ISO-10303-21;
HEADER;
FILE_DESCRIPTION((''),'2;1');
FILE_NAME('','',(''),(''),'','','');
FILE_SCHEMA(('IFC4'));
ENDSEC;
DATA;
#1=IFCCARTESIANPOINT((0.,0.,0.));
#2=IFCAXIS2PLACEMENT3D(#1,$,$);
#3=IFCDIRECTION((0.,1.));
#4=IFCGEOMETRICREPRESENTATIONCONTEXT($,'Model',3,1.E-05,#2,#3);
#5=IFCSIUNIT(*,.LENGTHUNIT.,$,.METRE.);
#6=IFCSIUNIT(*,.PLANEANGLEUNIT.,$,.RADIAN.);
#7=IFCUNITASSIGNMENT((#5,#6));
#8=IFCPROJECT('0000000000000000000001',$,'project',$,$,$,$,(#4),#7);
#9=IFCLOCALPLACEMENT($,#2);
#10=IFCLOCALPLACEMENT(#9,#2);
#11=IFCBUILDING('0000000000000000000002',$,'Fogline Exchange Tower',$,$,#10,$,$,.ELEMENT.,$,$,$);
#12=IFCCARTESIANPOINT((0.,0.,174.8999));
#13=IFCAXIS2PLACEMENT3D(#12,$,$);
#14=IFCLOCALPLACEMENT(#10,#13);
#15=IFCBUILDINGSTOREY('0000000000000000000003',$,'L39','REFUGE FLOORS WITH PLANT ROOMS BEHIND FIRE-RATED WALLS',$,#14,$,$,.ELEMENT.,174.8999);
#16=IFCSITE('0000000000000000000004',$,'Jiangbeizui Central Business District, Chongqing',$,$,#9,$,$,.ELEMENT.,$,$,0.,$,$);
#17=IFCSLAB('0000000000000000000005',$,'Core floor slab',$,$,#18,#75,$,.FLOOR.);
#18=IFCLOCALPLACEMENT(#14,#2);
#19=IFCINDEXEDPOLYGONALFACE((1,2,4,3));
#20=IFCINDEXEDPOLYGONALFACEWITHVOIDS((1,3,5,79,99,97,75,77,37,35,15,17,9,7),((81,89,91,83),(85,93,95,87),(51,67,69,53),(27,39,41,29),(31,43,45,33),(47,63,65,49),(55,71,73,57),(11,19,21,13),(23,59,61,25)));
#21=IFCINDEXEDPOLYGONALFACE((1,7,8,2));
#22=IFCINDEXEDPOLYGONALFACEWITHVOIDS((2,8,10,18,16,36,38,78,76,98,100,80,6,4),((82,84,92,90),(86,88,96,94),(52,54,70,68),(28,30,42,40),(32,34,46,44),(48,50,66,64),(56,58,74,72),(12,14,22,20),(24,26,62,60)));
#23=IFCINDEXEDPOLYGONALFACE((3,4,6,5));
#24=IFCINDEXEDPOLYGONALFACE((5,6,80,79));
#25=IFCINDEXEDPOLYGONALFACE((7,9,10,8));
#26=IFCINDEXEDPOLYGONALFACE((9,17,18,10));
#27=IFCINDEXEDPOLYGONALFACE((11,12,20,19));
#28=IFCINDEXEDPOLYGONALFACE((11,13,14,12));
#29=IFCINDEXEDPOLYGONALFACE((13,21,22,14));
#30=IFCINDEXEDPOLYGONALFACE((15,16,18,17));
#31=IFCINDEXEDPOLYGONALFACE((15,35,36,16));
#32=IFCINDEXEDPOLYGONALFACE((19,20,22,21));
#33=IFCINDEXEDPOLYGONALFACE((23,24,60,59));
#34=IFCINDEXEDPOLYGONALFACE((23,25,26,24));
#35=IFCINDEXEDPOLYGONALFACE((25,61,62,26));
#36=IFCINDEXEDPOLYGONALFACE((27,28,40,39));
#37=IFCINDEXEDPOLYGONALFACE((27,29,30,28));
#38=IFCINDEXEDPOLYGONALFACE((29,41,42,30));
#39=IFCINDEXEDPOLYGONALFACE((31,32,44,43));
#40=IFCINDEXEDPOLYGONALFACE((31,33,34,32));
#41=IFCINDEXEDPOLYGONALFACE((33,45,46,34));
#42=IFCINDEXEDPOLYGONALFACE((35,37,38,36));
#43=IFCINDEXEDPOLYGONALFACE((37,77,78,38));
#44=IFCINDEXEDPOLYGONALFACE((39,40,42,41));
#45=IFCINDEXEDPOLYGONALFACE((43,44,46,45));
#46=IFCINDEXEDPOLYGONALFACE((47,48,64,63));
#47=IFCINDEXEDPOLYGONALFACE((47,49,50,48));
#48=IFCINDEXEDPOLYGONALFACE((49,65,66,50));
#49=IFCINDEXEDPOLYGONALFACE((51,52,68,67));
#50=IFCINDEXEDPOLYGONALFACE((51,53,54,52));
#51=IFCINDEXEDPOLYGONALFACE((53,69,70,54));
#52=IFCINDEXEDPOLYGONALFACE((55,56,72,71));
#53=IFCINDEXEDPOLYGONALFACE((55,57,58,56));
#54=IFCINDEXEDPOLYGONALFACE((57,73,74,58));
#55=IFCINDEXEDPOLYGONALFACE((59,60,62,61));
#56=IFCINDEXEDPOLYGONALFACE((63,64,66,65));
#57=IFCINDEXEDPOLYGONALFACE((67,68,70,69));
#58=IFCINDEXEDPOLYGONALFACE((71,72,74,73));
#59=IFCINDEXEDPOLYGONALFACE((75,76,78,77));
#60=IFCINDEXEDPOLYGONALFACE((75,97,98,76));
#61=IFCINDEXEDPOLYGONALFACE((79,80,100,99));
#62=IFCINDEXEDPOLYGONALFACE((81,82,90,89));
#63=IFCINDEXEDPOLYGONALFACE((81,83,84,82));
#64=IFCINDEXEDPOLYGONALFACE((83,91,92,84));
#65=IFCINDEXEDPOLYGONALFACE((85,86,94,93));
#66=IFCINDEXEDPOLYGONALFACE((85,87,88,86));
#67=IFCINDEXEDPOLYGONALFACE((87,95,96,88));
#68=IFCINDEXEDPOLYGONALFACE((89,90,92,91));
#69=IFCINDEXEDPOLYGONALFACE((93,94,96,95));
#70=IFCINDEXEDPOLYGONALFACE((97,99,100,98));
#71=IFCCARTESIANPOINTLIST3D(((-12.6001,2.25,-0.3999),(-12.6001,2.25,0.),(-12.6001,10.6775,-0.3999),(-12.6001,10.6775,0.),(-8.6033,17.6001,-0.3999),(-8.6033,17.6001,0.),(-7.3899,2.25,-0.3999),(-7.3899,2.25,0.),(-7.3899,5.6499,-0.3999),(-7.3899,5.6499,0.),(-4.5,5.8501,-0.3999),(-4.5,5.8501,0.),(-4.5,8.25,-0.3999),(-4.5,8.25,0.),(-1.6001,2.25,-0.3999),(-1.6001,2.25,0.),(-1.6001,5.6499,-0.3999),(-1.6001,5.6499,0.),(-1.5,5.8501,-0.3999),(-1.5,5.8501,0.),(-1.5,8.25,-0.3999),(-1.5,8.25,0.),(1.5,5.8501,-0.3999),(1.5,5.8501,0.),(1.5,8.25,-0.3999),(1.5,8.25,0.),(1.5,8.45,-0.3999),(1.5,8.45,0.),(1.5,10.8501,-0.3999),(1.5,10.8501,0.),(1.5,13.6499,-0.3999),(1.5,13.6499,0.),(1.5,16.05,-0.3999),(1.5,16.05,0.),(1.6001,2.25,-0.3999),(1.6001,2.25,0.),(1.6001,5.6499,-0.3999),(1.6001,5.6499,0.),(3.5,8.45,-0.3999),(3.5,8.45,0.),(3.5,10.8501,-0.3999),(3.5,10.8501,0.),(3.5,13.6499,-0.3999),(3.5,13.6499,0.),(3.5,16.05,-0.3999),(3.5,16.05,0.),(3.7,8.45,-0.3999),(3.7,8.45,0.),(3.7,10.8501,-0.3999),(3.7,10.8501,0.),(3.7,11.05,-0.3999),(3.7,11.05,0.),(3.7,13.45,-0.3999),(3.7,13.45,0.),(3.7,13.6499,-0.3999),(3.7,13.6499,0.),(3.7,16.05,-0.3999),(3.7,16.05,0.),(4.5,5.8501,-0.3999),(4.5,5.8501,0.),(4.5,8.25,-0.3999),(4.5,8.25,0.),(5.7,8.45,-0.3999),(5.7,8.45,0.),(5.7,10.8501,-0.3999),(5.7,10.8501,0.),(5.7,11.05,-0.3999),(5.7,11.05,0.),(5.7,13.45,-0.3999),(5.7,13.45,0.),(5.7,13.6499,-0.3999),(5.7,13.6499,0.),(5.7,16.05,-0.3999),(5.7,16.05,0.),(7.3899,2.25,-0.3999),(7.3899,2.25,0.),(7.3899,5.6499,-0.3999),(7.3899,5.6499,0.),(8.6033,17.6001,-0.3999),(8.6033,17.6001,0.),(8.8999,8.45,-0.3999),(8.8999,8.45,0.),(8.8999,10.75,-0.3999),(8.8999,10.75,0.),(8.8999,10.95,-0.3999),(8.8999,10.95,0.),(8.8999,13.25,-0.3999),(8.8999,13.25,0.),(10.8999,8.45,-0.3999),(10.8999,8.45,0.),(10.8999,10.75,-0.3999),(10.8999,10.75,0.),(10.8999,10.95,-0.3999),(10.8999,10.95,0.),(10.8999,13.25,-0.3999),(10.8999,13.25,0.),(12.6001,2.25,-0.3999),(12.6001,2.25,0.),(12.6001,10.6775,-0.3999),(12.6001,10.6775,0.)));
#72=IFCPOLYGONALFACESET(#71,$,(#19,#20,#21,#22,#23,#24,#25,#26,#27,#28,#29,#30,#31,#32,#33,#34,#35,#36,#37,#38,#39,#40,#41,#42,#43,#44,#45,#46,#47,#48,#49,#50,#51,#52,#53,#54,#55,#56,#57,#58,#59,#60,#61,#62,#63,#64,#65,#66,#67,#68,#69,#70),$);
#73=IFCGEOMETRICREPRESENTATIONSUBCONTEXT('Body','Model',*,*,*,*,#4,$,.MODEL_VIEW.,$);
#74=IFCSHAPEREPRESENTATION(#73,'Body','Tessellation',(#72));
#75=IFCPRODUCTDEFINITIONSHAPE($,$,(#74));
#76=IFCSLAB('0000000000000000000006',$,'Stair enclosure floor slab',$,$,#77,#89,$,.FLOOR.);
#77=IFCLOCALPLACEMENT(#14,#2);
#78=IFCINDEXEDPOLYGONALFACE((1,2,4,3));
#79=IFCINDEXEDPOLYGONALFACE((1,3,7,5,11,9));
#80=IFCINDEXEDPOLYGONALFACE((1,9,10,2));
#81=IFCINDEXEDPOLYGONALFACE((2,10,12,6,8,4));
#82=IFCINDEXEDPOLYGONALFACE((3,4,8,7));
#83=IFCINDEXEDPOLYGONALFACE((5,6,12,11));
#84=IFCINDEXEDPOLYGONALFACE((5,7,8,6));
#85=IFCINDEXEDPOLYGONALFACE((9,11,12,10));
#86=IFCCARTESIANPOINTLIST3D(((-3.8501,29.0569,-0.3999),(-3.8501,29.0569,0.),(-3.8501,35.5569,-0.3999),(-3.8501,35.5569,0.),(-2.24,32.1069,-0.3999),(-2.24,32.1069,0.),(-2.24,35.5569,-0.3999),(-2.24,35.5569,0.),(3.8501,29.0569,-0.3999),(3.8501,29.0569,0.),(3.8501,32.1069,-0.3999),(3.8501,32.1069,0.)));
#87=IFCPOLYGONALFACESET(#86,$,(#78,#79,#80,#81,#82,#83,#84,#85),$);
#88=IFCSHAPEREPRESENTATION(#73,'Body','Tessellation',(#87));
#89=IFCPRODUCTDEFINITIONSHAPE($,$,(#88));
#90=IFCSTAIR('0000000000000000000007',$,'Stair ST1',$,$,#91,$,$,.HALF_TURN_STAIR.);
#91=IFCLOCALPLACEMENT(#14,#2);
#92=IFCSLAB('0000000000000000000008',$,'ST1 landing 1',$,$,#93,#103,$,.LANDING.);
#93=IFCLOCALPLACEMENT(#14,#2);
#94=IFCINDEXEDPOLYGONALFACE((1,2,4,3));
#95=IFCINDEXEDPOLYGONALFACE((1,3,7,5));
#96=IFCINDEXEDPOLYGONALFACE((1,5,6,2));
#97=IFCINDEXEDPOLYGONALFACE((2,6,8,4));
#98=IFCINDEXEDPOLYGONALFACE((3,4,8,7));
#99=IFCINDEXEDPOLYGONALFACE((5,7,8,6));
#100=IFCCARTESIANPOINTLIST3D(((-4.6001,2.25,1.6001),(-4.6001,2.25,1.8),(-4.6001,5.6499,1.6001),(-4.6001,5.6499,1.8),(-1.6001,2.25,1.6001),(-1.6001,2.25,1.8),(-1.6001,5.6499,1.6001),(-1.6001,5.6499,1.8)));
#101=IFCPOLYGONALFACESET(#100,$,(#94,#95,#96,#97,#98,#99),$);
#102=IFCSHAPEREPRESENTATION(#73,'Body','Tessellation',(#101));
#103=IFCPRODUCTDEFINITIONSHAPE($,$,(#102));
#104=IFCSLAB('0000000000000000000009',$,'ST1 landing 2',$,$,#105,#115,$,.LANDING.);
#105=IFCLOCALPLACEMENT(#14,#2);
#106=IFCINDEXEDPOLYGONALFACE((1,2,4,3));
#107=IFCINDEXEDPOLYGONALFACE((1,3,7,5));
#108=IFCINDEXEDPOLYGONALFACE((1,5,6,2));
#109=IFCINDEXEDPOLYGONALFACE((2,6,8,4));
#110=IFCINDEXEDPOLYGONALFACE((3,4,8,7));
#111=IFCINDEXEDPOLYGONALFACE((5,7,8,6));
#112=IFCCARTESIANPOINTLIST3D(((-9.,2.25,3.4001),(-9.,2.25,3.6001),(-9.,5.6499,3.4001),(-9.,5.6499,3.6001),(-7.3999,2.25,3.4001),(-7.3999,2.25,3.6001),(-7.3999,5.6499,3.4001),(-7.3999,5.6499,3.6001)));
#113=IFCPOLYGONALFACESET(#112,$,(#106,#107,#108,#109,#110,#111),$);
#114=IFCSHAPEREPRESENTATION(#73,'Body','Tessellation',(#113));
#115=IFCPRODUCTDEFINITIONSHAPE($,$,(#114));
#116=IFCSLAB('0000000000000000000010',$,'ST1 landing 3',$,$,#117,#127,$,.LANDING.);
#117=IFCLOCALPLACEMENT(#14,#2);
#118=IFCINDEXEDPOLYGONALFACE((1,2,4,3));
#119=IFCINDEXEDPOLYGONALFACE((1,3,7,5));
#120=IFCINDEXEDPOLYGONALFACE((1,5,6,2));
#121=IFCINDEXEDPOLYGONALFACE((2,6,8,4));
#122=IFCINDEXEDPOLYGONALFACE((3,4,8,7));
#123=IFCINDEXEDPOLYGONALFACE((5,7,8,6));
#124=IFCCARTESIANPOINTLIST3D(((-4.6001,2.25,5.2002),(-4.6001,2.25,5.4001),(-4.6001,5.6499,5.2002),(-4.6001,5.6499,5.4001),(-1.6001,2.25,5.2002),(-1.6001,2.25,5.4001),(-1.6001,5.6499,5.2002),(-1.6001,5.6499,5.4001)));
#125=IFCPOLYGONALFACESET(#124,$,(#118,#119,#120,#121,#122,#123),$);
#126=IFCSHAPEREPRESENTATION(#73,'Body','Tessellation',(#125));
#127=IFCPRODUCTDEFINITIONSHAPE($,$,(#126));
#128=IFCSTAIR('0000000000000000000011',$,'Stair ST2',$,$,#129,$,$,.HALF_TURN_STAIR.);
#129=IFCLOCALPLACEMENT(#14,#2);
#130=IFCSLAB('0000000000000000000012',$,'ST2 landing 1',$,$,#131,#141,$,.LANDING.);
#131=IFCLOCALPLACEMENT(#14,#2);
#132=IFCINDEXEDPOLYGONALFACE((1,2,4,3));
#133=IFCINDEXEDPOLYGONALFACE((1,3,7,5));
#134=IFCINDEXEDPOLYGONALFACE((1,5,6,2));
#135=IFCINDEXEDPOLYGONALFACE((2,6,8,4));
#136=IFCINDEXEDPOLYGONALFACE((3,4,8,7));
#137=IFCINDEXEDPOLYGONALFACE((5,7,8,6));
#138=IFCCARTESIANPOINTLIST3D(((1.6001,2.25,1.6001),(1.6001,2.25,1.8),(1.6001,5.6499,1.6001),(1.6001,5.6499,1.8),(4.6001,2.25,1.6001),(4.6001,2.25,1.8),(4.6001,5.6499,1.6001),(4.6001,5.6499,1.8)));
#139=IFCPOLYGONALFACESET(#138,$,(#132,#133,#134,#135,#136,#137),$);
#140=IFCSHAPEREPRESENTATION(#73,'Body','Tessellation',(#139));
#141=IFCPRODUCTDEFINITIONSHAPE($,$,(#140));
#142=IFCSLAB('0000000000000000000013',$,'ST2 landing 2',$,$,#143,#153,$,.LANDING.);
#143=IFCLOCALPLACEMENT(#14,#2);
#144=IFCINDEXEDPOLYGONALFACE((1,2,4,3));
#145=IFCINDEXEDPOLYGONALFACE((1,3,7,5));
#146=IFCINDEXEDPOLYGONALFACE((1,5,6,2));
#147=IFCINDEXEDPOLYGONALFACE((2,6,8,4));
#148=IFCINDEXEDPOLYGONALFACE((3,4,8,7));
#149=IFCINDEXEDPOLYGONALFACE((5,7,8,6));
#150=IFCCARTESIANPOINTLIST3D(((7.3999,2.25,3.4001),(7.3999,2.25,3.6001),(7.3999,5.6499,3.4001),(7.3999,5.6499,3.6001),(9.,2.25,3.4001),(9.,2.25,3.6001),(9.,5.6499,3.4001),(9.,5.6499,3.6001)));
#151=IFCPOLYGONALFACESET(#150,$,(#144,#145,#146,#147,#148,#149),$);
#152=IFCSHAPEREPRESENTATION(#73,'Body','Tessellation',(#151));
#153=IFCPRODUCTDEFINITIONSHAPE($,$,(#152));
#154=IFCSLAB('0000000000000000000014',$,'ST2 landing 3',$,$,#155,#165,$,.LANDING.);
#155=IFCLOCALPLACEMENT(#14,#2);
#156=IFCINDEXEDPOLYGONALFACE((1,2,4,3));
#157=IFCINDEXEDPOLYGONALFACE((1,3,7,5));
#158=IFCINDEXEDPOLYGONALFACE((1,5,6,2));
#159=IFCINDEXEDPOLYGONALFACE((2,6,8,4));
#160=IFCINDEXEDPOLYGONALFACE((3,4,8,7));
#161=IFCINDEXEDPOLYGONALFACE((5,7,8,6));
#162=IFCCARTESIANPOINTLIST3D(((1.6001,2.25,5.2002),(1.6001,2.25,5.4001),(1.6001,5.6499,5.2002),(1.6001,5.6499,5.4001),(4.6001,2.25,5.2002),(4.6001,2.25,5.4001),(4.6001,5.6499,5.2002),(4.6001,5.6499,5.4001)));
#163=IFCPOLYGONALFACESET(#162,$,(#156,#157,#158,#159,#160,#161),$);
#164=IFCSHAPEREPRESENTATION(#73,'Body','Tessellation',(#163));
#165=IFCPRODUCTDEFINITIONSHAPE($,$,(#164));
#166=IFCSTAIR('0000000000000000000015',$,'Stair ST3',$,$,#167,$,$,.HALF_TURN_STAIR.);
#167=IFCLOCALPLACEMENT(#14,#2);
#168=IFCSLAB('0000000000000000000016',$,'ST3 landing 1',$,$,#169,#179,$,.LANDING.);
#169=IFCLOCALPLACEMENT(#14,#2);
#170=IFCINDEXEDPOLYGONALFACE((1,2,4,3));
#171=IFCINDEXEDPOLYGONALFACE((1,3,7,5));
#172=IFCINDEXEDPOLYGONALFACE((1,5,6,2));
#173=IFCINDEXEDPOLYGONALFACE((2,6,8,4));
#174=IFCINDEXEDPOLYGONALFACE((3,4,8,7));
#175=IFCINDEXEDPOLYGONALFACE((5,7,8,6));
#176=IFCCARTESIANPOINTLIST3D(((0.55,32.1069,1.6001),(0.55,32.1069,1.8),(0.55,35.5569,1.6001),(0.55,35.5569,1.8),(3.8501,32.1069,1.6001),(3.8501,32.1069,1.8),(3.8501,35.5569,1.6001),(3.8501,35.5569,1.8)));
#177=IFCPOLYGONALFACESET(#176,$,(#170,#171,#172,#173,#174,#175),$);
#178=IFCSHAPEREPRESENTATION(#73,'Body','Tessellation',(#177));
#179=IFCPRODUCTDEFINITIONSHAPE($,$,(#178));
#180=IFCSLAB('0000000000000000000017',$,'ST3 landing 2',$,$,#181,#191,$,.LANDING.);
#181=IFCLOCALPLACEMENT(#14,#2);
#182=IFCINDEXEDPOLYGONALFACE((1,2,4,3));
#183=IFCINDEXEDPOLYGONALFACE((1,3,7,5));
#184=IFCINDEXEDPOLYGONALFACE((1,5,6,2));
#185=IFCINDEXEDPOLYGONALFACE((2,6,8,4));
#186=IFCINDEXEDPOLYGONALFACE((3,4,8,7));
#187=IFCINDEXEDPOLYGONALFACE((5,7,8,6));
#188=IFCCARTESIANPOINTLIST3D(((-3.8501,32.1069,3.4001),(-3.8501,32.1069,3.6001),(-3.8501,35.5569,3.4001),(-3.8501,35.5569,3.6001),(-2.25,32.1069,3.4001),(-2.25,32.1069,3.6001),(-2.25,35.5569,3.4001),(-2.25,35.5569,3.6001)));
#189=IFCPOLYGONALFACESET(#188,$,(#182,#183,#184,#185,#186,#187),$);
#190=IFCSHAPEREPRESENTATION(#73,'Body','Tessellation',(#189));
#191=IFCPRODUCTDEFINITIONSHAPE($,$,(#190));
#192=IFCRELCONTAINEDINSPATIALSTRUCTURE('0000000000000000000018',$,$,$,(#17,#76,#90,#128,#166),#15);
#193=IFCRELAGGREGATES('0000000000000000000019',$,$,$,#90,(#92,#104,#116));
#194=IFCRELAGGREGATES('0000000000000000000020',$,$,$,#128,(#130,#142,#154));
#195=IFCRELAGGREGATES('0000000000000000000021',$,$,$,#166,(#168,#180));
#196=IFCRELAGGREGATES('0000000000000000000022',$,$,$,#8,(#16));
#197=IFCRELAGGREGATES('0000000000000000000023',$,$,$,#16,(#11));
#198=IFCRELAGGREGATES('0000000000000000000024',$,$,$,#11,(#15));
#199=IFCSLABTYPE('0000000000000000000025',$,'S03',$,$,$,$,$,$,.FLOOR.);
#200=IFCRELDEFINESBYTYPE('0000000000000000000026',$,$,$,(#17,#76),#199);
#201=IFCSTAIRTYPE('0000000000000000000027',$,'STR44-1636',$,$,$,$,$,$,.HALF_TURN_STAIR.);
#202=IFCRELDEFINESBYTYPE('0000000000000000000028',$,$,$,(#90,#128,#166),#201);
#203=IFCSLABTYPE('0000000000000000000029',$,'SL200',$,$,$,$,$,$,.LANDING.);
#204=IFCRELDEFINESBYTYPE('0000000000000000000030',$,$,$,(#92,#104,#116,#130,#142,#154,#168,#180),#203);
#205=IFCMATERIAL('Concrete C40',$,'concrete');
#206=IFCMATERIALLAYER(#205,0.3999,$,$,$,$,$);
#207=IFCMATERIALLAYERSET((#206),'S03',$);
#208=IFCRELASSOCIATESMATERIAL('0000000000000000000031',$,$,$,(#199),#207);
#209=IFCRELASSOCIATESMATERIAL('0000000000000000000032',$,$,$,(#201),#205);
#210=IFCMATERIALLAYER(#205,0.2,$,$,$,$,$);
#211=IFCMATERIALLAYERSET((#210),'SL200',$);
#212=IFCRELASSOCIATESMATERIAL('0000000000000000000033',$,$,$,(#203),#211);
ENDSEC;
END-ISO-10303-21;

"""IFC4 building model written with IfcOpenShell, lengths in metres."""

from ifc_helpers import new_model, si_unit, direction, frame, origin, place, context, subcontext, project, spatial, polyline, outline, extrude, material, layer, layer_set, type_object, element, aggregate, save


model = new_model("IFC4")

# Units and contexts
model_context = context("Model", 3, precision=1e-05, world=origin(), true_north=direction((0.0, 1.0)))
body_context = subcontext(model_context, "Body", "Model", "MODEL_VIEW")
ifc_project = project(units=[si_unit("LENGTHUNIT", "METRE"), si_unit("PLANEANGLEUNIT", "RADIAN")], contexts=[model_context])

# Site, building, storey
site_placement = place(None, origin())
site = spatial("IfcSite", under=ifc_project, at=site_placement, Name="Jiangbeizui Central Business District, Chongqing", CompositionType="ELEMENT", RefElevation=0.0)
building_placement = place(site_placement, origin())
building = spatial("IfcBuilding", under=site, at=building_placement, Name="Fogline Exchange Tower", CompositionType="ELEMENT")
storey_placement = place(building_placement, frame((0.0, 0.0, 174.8999)))
storey = spatial("IfcBuildingStorey", under=building, at=storey_placement, Name="L39", Description="REFUGE FLOORS WITH PLANT ROOMS BEHIND FIRE-RATED WALLS", CompositionType="ELEMENT", Elevation=174.8999)

# Slabs
ifc_material_1 = material(Name="Concrete C40", Category="concrete")
ifc_layer_1 = layer(ifc_material_1, 0.3999)
ifc_layer_set_1 = layer_set([ifc_layer_1], Name="S03")
slab_type_1 = type_object("IfcSlabType", Name="S03", PredefinedType="FLOOR", material=ifc_layer_set_1)
slab_1_placement = place(storey_placement, frame((0.0, 0.0, -0.3999)))
element("IfcSlab", 1, at=slab_1_placement, inside=storey, type_object=slab_type_1, Name="Core floor slab", PredefinedType="FLOOR", context=body_context, shape_type="SweptSolid", body=[
    extrude(outline(polyline([(-12.6001, 2.25), (-12.6001, 10.6775), (-8.6033, 17.6001), (8.6033, 17.6001), (12.6001, 10.6775), (12.6001, 2.25), (7.3899, 2.25), (7.3899, 5.6499), (1.6001, 5.6499), (1.6001, 2.25), (-1.6001, 2.25), (-1.6001, 5.6499), (-7.3899, 5.6499), (-7.3899, 2.25), (-12.6001, 2.25)]), holes=[polyline([(-4.5, 8.25), (-4.5, 5.8501), (-1.5, 5.8501), (-1.5, 8.25), (-4.5, 8.25)]), polyline([(4.5, 8.25), (1.5, 8.25), (1.5, 5.8501), (4.5, 5.8501), (4.5, 8.25)]), polyline([(3.5, 10.8501), (1.5, 10.8501), (1.5, 8.45), (3.5, 8.45), (3.5, 10.8501)]), polyline([(1.5, 16.05), (1.5, 13.6499), (3.5, 13.6499), (3.5, 16.05), (1.5, 16.05)]), polyline([(10.8999, 10.75), (8.8999, 10.75), (8.8999, 8.45), (10.8999, 8.45), (10.8999, 10.75)]), polyline([(5.7, 10.8501), (3.7, 10.8501), (3.7, 8.45), (5.7, 8.45), (5.7, 10.8501)]), polyline([(8.8999, 13.25), (8.8999, 10.95), (10.8999, 10.95), (10.8999, 13.25), (8.8999, 13.25)]), polyline([(5.7, 13.45), (3.7, 13.45), (3.7, 11.05), (5.7, 11.05), (5.7, 13.45)]), polyline([(5.7, 16.05), (3.7, 16.05), (3.7, 13.6499), (5.7, 13.6499), (5.7, 16.05)])]), origin(), (0.0, 0.0, 1.0), 0.3999),
])
slab_2_placement = place(storey_placement, frame((0.0, 0.0, -0.3999)))
element("IfcSlab", 2, at=slab_2_placement, inside=storey, type_object=slab_type_1, Name="Stair enclosure floor slab", PredefinedType="FLOOR", context=body_context, shape_type="SweptSolid", body=[
    extrude(outline(polyline([(3.8501, 29.0569), (-3.8501, 29.0569), (-3.8501, 35.5569), (-2.24, 35.5569), (-2.24, 32.1069), (3.8501, 32.1069), (3.8501, 29.0569)])), origin(), (0.0, 0.0, 1.0), 0.3999),
])

# Stairs, slabs
stair_type = type_object("IfcStairType", Name="STR44-1636", PredefinedType="HALF_TURN_STAIR", material=ifc_material_1)
stair_1_placement = place(storey_placement, origin())
stair_1 = element("IfcStair", 3, at=stair_1_placement, inside=storey, type_object=stair_type, Name="Stair ST1", PredefinedType="HALF_TURN_STAIR")
ifc_layer_2 = layer(ifc_material_1, 0.2)
ifc_layer_set_2 = layer_set([ifc_layer_2], Name="SL200")
slab_type_2 = type_object("IfcSlabType", Name="SL200", PredefinedType="LANDING", material=ifc_layer_set_2)
slab_3_placement = place(storey_placement, frame((0.0, 0.0, 1.6001)))
slab_3 = element("IfcSlab", 4, at=slab_3_placement, type_object=slab_type_2, Name="ST1 landing 1", PredefinedType="LANDING", context=body_context, shape_type="SweptSolid", body=[
    extrude(outline(polyline([(-4.6001, 2.25), (-1.6001, 2.25), (-1.6001, 5.6499), (-4.6001, 5.6499), (-4.6001, 2.25)])), origin(), (0.0, 0.0, 1.0), 0.2),
])
slab_4_placement = place(storey_placement, frame((0.0, 0.0, 3.4001)))
slab_4 = element("IfcSlab", 5, at=slab_4_placement, type_object=slab_type_2, Name="ST1 landing 2", PredefinedType="LANDING", context=body_context, shape_type="SweptSolid", body=[
    extrude(outline(polyline([(-9.0, 2.25), (-7.3999, 2.25), (-7.3999, 5.6499), (-9.0, 5.6499), (-9.0, 2.25)])), origin(), (0.0, 0.0, 1.0), 0.2),
])
slab_5_placement = place(storey_placement, frame((0.0, 0.0, 5.2002)))
slab_5 = element("IfcSlab", 6, at=slab_5_placement, type_object=slab_type_2, Name="ST1 landing 3", PredefinedType="LANDING", context=body_context, shape_type="SweptSolid", body=[
    extrude(outline(polyline([(-4.6001, 2.25), (-1.6001, 2.25), (-1.6001, 5.6499), (-4.6001, 5.6499), (-4.6001, 2.25)])), origin(), (0.0, 0.0, 1.0), 0.2),
])
aggregate(stair_1, [slab_3, slab_4, slab_5])
stair_2_placement = place(storey_placement, origin())
stair_2 = element("IfcStair", 7, at=stair_2_placement, inside=storey, type_object=stair_type, Name="Stair ST2", PredefinedType="HALF_TURN_STAIR")
slab_6_placement = place(storey_placement, frame((0.0, 0.0, 1.6001)))
slab_6 = element("IfcSlab", 8, at=slab_6_placement, type_object=slab_type_2, Name="ST2 landing 1", PredefinedType="LANDING", context=body_context, shape_type="SweptSolid", body=[
    extrude(outline(polyline([(1.6001, 2.25), (4.6001, 2.25), (4.6001, 5.6499), (1.6001, 5.6499), (1.6001, 2.25)])), origin(), (0.0, 0.0, 1.0), 0.2),
])
slab_7_placement = place(storey_placement, frame((0.0, 0.0, 3.4001)))
slab_7 = element("IfcSlab", 9, at=slab_7_placement, type_object=slab_type_2, Name="ST2 landing 2", PredefinedType="LANDING", context=body_context, shape_type="SweptSolid", body=[
    extrude(outline(polyline([(7.3999, 2.25), (9.0, 2.25), (9.0, 5.6499), (7.3999, 5.6499), (7.3999, 2.25)])), origin(), (0.0, 0.0, 1.0), 0.2),
])
slab_8_placement = place(storey_placement, frame((0.0, 0.0, 5.2002)))
slab_8 = element("IfcSlab", 10, at=slab_8_placement, type_object=slab_type_2, Name="ST2 landing 3", PredefinedType="LANDING", context=body_context, shape_type="SweptSolid", body=[
    extrude(outline(polyline([(1.6001, 2.25), (4.6001, 2.25), (4.6001, 5.6499), (1.6001, 5.6499), (1.6001, 2.25)])), origin(), (0.0, 0.0, 1.0), 0.2),
])
aggregate(stair_2, [slab_6, slab_7, slab_8])
stair_3_placement = place(storey_placement, origin())
stair_3 = element("IfcStair", 11, at=stair_3_placement, inside=storey, type_object=stair_type, Name="Stair ST3", PredefinedType="HALF_TURN_STAIR")
slab_9_placement = place(storey_placement, frame((0.0, 0.0, 1.6001)))
slab_9 = element("IfcSlab", 12, at=slab_9_placement, type_object=slab_type_2, Name="ST3 landing 1", PredefinedType="LANDING", context=body_context, shape_type="SweptSolid", body=[
    extrude(outline(polyline([(0.55, 32.1069), (3.8501, 32.1069), (3.8501, 35.5569), (0.55, 35.5569), (0.55, 32.1069)])), origin(), (0.0, 0.0, 1.0), 0.2),
])
slab_10_placement = place(storey_placement, frame((0.0, 0.0, 3.4001)))
slab_10 = element("IfcSlab", 13, at=slab_10_placement, type_object=slab_type_2, Name="ST3 landing 2", PredefinedType="LANDING", context=body_context, shape_type="SweptSolid", body=[
    extrude(outline(polyline([(-3.8501, 32.1069), (-2.25, 32.1069), (-2.25, 35.5569), (-3.8501, 35.5569), (-3.8501, 32.1069)])), origin(), (0.0, 0.0, 1.0), 0.2),
])
aggregate(stair_3, [slab_9, slab_10])

save(model, "model.ifc")
